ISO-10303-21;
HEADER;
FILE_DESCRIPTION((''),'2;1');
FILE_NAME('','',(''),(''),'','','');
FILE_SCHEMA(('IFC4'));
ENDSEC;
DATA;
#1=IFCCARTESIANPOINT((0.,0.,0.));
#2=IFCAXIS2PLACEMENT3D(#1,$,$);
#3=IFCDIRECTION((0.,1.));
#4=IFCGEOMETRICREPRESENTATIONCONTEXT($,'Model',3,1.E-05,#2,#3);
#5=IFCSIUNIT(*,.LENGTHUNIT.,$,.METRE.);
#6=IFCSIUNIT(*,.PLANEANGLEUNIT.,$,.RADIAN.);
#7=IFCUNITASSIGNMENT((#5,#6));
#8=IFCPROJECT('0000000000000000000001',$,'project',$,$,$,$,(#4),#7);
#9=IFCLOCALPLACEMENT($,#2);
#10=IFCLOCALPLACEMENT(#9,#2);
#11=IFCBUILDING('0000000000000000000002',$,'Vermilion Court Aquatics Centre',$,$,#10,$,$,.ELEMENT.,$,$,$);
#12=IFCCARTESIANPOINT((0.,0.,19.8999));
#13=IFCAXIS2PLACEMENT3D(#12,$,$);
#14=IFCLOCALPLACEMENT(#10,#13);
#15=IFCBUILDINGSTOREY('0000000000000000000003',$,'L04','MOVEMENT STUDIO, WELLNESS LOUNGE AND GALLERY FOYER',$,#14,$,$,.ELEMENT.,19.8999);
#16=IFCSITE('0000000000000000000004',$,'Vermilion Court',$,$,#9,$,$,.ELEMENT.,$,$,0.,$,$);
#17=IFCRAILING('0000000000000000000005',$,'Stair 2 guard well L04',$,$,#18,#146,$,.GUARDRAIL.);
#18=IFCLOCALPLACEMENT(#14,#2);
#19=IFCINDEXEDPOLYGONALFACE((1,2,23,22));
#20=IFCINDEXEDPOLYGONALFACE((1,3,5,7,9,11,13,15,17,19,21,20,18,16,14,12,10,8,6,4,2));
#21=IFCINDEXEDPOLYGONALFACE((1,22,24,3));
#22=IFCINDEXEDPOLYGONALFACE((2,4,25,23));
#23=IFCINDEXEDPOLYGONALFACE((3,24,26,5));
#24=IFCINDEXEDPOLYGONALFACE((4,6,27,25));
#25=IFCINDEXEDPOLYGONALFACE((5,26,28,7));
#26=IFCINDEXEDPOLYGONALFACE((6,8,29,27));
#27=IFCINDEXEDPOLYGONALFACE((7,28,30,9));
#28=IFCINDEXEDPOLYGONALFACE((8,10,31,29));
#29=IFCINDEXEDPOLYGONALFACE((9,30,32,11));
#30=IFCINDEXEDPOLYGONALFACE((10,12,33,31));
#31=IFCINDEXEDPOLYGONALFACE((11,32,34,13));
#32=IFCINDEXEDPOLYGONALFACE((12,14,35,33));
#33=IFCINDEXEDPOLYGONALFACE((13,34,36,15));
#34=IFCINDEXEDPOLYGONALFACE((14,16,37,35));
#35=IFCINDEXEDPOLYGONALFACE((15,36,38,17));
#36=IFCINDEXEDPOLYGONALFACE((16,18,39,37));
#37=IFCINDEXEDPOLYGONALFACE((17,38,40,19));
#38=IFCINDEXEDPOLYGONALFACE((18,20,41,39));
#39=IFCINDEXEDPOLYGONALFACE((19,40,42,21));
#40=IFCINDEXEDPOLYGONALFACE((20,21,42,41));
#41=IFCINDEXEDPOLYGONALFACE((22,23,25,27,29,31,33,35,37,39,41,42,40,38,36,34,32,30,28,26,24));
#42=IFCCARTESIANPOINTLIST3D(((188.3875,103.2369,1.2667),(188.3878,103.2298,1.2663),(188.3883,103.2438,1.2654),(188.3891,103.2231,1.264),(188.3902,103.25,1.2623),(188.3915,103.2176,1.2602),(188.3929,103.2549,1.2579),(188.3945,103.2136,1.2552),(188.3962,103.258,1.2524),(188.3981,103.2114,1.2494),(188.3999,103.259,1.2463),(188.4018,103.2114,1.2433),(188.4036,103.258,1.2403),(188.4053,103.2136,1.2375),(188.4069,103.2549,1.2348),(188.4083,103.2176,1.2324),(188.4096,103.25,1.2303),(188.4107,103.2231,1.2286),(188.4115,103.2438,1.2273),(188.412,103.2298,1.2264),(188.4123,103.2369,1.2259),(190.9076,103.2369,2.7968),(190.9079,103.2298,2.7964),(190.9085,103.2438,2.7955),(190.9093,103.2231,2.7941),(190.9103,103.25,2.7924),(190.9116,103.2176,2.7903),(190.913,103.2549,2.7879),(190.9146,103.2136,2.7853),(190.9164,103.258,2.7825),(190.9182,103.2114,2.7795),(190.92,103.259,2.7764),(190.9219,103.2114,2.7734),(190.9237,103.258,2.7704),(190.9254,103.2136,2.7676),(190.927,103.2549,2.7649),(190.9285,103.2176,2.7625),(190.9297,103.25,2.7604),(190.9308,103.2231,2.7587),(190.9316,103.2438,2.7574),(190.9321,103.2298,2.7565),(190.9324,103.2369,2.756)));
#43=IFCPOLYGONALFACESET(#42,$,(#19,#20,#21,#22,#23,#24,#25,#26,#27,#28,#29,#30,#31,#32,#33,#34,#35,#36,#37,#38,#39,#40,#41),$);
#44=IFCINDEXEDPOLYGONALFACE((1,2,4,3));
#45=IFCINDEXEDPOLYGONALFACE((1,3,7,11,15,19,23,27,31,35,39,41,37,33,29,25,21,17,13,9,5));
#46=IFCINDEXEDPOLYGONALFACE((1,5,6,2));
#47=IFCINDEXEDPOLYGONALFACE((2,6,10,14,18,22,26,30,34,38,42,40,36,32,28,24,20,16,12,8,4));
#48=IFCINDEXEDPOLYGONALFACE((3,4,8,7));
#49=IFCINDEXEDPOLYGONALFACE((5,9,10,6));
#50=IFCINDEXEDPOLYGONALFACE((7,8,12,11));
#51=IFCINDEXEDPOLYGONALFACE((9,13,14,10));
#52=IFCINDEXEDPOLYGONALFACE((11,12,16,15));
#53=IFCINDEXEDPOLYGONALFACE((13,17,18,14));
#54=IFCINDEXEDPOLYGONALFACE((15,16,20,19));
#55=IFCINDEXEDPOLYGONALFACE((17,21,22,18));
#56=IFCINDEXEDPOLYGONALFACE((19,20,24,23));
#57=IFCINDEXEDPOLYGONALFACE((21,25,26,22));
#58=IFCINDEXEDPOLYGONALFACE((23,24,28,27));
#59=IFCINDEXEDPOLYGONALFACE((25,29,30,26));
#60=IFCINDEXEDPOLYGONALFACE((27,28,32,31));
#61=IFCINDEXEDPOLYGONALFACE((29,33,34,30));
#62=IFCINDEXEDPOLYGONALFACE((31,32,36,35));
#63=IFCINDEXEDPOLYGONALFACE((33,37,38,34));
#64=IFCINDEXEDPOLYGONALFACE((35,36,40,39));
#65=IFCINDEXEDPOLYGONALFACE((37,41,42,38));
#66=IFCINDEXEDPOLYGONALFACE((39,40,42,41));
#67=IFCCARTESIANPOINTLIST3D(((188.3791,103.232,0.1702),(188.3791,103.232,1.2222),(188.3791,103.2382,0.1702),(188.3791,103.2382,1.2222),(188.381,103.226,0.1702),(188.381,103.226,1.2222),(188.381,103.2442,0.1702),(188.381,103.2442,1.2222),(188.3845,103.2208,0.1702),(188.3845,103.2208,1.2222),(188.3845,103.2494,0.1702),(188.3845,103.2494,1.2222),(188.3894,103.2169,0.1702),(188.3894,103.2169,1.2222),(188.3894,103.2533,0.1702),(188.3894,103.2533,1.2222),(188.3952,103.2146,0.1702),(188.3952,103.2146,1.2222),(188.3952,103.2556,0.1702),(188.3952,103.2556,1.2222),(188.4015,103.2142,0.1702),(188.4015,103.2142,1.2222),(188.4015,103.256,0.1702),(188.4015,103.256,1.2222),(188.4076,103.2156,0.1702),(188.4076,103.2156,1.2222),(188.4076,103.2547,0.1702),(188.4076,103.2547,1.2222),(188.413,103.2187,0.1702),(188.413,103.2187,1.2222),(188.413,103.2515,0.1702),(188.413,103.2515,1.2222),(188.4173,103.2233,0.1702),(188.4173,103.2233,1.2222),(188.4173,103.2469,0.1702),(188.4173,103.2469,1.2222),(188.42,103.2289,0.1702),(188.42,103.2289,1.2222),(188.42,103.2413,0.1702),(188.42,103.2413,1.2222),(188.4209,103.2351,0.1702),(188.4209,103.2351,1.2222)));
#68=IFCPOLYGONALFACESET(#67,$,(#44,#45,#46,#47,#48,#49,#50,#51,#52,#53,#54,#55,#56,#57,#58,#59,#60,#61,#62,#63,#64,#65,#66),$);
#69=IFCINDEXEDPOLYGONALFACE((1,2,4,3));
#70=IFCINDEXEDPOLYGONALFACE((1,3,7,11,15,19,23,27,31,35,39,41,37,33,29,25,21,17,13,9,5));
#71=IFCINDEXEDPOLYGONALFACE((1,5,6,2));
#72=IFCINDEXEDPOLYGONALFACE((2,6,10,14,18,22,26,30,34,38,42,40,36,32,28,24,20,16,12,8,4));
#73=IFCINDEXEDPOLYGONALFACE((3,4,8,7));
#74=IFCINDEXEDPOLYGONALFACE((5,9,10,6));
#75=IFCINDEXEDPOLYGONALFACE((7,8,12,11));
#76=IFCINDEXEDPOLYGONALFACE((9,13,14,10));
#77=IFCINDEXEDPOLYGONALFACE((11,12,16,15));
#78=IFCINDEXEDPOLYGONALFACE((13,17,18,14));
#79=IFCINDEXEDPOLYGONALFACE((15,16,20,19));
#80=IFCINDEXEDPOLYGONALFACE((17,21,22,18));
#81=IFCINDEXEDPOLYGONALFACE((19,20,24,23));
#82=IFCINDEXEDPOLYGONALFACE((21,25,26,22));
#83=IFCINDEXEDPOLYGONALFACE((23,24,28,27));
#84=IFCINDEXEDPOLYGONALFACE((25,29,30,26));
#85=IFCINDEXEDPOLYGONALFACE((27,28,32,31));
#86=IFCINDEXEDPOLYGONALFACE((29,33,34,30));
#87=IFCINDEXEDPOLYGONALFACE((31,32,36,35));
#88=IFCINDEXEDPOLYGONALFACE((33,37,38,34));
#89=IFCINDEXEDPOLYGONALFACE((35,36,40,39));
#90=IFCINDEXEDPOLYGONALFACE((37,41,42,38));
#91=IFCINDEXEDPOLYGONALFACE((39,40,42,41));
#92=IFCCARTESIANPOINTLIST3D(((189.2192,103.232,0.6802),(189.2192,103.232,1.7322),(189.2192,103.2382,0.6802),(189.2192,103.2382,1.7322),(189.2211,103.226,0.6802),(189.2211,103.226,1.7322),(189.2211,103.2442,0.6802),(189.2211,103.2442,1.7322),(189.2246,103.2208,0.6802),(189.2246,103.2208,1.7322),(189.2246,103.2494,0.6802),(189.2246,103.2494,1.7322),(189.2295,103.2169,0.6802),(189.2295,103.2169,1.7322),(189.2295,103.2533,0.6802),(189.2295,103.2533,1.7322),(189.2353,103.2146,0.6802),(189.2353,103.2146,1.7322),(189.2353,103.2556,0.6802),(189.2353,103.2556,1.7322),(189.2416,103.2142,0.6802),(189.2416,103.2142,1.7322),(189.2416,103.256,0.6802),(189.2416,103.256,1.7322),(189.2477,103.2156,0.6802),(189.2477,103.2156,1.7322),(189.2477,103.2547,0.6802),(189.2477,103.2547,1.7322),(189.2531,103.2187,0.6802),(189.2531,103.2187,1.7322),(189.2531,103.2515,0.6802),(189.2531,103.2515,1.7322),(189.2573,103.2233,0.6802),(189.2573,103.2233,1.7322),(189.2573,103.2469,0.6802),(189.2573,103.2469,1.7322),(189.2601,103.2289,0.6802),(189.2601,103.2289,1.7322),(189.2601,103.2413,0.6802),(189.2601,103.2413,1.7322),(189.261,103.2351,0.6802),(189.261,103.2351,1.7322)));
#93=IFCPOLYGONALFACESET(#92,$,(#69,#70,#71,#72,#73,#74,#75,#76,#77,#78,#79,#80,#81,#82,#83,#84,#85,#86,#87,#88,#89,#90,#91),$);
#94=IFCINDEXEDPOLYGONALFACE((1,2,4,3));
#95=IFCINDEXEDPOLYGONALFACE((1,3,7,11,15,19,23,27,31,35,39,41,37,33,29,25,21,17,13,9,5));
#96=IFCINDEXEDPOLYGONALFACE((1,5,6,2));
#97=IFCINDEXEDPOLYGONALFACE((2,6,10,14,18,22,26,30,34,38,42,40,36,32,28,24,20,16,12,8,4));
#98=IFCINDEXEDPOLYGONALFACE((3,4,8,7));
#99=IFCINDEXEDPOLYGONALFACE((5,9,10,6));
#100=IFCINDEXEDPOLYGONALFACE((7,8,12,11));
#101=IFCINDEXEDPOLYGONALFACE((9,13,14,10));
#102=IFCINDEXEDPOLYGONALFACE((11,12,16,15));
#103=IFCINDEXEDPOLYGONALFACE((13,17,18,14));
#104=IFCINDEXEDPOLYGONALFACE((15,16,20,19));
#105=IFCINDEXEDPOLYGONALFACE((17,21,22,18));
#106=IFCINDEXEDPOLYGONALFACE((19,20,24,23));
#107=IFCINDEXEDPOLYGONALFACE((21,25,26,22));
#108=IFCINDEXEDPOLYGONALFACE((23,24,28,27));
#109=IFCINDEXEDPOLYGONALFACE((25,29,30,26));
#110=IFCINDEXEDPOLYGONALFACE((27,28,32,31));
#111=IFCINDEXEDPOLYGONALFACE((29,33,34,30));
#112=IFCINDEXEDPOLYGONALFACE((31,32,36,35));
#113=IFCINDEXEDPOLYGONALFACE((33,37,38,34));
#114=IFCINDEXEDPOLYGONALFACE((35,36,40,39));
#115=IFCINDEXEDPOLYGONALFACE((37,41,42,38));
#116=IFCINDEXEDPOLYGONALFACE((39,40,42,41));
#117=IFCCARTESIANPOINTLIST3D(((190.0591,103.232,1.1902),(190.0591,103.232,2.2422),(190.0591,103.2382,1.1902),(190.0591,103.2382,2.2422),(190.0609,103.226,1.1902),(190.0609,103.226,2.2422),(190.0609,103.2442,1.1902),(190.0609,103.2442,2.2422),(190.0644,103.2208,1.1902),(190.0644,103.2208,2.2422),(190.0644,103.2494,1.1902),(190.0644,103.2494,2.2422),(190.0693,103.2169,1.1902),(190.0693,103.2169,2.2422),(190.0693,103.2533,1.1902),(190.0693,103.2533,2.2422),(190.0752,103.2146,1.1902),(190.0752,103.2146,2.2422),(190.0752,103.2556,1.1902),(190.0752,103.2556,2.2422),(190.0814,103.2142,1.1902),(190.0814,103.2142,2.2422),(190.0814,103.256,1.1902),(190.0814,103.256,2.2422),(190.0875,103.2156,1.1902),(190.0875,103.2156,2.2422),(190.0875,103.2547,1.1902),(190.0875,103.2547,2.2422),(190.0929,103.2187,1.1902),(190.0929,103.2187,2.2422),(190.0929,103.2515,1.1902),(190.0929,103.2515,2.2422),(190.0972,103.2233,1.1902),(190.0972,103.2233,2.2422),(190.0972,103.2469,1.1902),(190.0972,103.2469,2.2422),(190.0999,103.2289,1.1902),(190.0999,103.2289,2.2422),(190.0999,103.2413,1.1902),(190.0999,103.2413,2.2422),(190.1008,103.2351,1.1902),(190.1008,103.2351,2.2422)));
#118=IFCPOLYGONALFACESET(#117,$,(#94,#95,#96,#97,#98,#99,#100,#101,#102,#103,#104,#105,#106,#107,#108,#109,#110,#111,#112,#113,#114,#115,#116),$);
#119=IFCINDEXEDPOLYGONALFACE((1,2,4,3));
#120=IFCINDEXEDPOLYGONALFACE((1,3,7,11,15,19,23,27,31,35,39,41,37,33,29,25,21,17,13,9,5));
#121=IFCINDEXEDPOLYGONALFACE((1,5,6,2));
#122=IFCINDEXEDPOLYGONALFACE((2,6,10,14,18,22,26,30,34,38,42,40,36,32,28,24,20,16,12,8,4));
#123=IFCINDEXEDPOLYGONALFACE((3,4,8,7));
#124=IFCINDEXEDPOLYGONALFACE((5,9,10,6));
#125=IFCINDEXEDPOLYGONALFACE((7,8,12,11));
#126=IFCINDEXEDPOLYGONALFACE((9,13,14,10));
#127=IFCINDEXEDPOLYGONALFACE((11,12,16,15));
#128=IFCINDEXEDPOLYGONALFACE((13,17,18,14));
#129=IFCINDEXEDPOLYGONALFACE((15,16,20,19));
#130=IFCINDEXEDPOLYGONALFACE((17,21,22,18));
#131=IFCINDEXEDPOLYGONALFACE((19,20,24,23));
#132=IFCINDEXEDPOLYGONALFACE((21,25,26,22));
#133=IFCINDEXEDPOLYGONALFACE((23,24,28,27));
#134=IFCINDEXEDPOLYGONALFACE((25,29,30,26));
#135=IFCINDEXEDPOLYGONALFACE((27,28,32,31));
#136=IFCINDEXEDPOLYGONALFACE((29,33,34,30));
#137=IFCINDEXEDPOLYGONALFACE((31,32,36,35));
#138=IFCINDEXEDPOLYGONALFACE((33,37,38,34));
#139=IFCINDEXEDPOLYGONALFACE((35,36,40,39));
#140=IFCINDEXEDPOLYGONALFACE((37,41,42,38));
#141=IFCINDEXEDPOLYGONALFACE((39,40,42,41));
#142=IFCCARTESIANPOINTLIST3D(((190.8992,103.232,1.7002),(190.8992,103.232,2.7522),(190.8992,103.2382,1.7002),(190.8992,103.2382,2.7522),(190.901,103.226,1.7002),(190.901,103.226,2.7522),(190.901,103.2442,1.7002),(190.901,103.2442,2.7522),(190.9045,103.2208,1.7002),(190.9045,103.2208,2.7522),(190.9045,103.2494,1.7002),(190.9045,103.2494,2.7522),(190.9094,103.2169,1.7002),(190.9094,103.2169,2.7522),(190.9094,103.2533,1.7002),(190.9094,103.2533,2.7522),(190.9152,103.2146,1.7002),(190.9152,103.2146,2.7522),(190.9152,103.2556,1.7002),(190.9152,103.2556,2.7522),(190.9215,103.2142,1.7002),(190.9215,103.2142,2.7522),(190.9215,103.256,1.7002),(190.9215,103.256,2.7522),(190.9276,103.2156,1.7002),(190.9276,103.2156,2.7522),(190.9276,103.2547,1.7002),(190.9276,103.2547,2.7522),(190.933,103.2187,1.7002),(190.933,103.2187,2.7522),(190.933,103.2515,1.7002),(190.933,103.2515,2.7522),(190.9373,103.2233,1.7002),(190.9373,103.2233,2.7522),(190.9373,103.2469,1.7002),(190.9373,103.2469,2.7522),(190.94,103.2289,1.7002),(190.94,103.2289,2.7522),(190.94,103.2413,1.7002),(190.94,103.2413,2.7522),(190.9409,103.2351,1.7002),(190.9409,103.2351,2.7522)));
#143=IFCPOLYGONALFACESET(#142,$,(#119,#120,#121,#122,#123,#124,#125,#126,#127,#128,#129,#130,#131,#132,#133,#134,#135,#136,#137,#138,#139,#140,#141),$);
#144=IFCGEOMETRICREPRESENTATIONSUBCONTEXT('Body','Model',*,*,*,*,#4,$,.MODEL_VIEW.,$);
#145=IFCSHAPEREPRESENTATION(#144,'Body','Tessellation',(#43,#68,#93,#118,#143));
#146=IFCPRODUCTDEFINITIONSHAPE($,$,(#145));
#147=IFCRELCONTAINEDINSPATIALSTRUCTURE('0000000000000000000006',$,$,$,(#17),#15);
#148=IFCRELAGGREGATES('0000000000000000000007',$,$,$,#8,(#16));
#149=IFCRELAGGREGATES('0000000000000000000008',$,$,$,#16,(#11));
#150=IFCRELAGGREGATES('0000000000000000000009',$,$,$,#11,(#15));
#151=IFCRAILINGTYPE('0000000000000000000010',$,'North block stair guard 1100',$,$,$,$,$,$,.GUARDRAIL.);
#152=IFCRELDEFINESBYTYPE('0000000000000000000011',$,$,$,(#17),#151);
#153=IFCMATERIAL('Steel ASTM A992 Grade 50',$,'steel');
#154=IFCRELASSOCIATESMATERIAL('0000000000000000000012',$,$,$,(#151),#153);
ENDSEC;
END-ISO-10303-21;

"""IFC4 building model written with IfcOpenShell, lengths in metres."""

from ifc_helpers import new_model, si_unit, direction, frame, origin, origin_2d, place, context, subcontext, project, spatial, circle, extrude, material, type_object, element, save


model = new_model("IFC4")

# Units and contexts
model_context = context("Model", 3, precision=1e-05, world=origin(), true_north=direction((0.0, 1.0)))
body_context = subcontext(model_context, "Body", "Model", "MODEL_VIEW")
ifc_project = project(units=[si_unit("LENGTHUNIT", "METRE"), si_unit("PLANEANGLEUNIT", "RADIAN")], contexts=[model_context])

# Site, building, storey
site_placement = place(None, origin())
site = spatial("IfcSite", under=ifc_project, at=site_placement, Name="Vermilion Court", CompositionType="ELEMENT", RefElevation=0.0)
building_placement = place(site_placement, origin())
building = spatial("IfcBuilding", under=site, at=building_placement, Name="Vermilion Court Aquatics Centre", CompositionType="ELEMENT")
storey_placement = place(building_placement, frame((0.0, 0.0, 19.8999)))
storey = spatial("IfcBuildingStorey", under=building, at=storey_placement, Name="L04", Description="MOVEMENT STUDIO, WELLNESS LOUNGE AND GALLERY FOYER", CompositionType="ELEMENT", Elevation=19.8999)

# Railing
ifc_material_1 = material(Name="Steel ASTM A992 Grade 50", Category="steel")
railing_type_1 = type_object("IfcRailingType", Name="North block stair guard 1100", PredefinedType="GUARDRAIL", material=ifc_material_1)
railing_1_placement = place(storey_placement, frame((188.3999, 103.2351, 0.1702)))
element("IfcRailing", 1, at=railing_1_placement, inside=storey, type_object=railing_type_1, Name="Stair 2 guard well L04", PredefinedType="GUARDRAIL", context=body_context, shape_type="SweptSolid", body=[
    extrude(circle(Radius=0.0239, at=origin_2d()), frame((0.0, 0.0, 1.0762), z_axis=(0.854785, 0.0, 0.518982), x_axis=(0.0, 1.0, 0.0)), (0.0, 0.0, 1.0), 2.9482),
    extrude(circle(Radius=0.021, at=origin_2d()), origin(), (0.0, 0.0, 1.0), 1.052),
    extrude(circle(Radius=0.021, at=origin_2d()), frame((0.8401, 0.0, 0.51)), (0.0, 0.0, 1.0), 1.052),
    extrude(circle(Radius=0.021, at=origin_2d()), frame((1.6799, 0.0, 1.02)), (0.0, 0.0, 1.0), 1.052),
    extrude(circle(Radius=0.021, at=origin_2d()), frame((2.52, 0.0, 1.53)), (0.0, 0.0, 1.0), 1.052),
])

save(model, "model.ifc")
